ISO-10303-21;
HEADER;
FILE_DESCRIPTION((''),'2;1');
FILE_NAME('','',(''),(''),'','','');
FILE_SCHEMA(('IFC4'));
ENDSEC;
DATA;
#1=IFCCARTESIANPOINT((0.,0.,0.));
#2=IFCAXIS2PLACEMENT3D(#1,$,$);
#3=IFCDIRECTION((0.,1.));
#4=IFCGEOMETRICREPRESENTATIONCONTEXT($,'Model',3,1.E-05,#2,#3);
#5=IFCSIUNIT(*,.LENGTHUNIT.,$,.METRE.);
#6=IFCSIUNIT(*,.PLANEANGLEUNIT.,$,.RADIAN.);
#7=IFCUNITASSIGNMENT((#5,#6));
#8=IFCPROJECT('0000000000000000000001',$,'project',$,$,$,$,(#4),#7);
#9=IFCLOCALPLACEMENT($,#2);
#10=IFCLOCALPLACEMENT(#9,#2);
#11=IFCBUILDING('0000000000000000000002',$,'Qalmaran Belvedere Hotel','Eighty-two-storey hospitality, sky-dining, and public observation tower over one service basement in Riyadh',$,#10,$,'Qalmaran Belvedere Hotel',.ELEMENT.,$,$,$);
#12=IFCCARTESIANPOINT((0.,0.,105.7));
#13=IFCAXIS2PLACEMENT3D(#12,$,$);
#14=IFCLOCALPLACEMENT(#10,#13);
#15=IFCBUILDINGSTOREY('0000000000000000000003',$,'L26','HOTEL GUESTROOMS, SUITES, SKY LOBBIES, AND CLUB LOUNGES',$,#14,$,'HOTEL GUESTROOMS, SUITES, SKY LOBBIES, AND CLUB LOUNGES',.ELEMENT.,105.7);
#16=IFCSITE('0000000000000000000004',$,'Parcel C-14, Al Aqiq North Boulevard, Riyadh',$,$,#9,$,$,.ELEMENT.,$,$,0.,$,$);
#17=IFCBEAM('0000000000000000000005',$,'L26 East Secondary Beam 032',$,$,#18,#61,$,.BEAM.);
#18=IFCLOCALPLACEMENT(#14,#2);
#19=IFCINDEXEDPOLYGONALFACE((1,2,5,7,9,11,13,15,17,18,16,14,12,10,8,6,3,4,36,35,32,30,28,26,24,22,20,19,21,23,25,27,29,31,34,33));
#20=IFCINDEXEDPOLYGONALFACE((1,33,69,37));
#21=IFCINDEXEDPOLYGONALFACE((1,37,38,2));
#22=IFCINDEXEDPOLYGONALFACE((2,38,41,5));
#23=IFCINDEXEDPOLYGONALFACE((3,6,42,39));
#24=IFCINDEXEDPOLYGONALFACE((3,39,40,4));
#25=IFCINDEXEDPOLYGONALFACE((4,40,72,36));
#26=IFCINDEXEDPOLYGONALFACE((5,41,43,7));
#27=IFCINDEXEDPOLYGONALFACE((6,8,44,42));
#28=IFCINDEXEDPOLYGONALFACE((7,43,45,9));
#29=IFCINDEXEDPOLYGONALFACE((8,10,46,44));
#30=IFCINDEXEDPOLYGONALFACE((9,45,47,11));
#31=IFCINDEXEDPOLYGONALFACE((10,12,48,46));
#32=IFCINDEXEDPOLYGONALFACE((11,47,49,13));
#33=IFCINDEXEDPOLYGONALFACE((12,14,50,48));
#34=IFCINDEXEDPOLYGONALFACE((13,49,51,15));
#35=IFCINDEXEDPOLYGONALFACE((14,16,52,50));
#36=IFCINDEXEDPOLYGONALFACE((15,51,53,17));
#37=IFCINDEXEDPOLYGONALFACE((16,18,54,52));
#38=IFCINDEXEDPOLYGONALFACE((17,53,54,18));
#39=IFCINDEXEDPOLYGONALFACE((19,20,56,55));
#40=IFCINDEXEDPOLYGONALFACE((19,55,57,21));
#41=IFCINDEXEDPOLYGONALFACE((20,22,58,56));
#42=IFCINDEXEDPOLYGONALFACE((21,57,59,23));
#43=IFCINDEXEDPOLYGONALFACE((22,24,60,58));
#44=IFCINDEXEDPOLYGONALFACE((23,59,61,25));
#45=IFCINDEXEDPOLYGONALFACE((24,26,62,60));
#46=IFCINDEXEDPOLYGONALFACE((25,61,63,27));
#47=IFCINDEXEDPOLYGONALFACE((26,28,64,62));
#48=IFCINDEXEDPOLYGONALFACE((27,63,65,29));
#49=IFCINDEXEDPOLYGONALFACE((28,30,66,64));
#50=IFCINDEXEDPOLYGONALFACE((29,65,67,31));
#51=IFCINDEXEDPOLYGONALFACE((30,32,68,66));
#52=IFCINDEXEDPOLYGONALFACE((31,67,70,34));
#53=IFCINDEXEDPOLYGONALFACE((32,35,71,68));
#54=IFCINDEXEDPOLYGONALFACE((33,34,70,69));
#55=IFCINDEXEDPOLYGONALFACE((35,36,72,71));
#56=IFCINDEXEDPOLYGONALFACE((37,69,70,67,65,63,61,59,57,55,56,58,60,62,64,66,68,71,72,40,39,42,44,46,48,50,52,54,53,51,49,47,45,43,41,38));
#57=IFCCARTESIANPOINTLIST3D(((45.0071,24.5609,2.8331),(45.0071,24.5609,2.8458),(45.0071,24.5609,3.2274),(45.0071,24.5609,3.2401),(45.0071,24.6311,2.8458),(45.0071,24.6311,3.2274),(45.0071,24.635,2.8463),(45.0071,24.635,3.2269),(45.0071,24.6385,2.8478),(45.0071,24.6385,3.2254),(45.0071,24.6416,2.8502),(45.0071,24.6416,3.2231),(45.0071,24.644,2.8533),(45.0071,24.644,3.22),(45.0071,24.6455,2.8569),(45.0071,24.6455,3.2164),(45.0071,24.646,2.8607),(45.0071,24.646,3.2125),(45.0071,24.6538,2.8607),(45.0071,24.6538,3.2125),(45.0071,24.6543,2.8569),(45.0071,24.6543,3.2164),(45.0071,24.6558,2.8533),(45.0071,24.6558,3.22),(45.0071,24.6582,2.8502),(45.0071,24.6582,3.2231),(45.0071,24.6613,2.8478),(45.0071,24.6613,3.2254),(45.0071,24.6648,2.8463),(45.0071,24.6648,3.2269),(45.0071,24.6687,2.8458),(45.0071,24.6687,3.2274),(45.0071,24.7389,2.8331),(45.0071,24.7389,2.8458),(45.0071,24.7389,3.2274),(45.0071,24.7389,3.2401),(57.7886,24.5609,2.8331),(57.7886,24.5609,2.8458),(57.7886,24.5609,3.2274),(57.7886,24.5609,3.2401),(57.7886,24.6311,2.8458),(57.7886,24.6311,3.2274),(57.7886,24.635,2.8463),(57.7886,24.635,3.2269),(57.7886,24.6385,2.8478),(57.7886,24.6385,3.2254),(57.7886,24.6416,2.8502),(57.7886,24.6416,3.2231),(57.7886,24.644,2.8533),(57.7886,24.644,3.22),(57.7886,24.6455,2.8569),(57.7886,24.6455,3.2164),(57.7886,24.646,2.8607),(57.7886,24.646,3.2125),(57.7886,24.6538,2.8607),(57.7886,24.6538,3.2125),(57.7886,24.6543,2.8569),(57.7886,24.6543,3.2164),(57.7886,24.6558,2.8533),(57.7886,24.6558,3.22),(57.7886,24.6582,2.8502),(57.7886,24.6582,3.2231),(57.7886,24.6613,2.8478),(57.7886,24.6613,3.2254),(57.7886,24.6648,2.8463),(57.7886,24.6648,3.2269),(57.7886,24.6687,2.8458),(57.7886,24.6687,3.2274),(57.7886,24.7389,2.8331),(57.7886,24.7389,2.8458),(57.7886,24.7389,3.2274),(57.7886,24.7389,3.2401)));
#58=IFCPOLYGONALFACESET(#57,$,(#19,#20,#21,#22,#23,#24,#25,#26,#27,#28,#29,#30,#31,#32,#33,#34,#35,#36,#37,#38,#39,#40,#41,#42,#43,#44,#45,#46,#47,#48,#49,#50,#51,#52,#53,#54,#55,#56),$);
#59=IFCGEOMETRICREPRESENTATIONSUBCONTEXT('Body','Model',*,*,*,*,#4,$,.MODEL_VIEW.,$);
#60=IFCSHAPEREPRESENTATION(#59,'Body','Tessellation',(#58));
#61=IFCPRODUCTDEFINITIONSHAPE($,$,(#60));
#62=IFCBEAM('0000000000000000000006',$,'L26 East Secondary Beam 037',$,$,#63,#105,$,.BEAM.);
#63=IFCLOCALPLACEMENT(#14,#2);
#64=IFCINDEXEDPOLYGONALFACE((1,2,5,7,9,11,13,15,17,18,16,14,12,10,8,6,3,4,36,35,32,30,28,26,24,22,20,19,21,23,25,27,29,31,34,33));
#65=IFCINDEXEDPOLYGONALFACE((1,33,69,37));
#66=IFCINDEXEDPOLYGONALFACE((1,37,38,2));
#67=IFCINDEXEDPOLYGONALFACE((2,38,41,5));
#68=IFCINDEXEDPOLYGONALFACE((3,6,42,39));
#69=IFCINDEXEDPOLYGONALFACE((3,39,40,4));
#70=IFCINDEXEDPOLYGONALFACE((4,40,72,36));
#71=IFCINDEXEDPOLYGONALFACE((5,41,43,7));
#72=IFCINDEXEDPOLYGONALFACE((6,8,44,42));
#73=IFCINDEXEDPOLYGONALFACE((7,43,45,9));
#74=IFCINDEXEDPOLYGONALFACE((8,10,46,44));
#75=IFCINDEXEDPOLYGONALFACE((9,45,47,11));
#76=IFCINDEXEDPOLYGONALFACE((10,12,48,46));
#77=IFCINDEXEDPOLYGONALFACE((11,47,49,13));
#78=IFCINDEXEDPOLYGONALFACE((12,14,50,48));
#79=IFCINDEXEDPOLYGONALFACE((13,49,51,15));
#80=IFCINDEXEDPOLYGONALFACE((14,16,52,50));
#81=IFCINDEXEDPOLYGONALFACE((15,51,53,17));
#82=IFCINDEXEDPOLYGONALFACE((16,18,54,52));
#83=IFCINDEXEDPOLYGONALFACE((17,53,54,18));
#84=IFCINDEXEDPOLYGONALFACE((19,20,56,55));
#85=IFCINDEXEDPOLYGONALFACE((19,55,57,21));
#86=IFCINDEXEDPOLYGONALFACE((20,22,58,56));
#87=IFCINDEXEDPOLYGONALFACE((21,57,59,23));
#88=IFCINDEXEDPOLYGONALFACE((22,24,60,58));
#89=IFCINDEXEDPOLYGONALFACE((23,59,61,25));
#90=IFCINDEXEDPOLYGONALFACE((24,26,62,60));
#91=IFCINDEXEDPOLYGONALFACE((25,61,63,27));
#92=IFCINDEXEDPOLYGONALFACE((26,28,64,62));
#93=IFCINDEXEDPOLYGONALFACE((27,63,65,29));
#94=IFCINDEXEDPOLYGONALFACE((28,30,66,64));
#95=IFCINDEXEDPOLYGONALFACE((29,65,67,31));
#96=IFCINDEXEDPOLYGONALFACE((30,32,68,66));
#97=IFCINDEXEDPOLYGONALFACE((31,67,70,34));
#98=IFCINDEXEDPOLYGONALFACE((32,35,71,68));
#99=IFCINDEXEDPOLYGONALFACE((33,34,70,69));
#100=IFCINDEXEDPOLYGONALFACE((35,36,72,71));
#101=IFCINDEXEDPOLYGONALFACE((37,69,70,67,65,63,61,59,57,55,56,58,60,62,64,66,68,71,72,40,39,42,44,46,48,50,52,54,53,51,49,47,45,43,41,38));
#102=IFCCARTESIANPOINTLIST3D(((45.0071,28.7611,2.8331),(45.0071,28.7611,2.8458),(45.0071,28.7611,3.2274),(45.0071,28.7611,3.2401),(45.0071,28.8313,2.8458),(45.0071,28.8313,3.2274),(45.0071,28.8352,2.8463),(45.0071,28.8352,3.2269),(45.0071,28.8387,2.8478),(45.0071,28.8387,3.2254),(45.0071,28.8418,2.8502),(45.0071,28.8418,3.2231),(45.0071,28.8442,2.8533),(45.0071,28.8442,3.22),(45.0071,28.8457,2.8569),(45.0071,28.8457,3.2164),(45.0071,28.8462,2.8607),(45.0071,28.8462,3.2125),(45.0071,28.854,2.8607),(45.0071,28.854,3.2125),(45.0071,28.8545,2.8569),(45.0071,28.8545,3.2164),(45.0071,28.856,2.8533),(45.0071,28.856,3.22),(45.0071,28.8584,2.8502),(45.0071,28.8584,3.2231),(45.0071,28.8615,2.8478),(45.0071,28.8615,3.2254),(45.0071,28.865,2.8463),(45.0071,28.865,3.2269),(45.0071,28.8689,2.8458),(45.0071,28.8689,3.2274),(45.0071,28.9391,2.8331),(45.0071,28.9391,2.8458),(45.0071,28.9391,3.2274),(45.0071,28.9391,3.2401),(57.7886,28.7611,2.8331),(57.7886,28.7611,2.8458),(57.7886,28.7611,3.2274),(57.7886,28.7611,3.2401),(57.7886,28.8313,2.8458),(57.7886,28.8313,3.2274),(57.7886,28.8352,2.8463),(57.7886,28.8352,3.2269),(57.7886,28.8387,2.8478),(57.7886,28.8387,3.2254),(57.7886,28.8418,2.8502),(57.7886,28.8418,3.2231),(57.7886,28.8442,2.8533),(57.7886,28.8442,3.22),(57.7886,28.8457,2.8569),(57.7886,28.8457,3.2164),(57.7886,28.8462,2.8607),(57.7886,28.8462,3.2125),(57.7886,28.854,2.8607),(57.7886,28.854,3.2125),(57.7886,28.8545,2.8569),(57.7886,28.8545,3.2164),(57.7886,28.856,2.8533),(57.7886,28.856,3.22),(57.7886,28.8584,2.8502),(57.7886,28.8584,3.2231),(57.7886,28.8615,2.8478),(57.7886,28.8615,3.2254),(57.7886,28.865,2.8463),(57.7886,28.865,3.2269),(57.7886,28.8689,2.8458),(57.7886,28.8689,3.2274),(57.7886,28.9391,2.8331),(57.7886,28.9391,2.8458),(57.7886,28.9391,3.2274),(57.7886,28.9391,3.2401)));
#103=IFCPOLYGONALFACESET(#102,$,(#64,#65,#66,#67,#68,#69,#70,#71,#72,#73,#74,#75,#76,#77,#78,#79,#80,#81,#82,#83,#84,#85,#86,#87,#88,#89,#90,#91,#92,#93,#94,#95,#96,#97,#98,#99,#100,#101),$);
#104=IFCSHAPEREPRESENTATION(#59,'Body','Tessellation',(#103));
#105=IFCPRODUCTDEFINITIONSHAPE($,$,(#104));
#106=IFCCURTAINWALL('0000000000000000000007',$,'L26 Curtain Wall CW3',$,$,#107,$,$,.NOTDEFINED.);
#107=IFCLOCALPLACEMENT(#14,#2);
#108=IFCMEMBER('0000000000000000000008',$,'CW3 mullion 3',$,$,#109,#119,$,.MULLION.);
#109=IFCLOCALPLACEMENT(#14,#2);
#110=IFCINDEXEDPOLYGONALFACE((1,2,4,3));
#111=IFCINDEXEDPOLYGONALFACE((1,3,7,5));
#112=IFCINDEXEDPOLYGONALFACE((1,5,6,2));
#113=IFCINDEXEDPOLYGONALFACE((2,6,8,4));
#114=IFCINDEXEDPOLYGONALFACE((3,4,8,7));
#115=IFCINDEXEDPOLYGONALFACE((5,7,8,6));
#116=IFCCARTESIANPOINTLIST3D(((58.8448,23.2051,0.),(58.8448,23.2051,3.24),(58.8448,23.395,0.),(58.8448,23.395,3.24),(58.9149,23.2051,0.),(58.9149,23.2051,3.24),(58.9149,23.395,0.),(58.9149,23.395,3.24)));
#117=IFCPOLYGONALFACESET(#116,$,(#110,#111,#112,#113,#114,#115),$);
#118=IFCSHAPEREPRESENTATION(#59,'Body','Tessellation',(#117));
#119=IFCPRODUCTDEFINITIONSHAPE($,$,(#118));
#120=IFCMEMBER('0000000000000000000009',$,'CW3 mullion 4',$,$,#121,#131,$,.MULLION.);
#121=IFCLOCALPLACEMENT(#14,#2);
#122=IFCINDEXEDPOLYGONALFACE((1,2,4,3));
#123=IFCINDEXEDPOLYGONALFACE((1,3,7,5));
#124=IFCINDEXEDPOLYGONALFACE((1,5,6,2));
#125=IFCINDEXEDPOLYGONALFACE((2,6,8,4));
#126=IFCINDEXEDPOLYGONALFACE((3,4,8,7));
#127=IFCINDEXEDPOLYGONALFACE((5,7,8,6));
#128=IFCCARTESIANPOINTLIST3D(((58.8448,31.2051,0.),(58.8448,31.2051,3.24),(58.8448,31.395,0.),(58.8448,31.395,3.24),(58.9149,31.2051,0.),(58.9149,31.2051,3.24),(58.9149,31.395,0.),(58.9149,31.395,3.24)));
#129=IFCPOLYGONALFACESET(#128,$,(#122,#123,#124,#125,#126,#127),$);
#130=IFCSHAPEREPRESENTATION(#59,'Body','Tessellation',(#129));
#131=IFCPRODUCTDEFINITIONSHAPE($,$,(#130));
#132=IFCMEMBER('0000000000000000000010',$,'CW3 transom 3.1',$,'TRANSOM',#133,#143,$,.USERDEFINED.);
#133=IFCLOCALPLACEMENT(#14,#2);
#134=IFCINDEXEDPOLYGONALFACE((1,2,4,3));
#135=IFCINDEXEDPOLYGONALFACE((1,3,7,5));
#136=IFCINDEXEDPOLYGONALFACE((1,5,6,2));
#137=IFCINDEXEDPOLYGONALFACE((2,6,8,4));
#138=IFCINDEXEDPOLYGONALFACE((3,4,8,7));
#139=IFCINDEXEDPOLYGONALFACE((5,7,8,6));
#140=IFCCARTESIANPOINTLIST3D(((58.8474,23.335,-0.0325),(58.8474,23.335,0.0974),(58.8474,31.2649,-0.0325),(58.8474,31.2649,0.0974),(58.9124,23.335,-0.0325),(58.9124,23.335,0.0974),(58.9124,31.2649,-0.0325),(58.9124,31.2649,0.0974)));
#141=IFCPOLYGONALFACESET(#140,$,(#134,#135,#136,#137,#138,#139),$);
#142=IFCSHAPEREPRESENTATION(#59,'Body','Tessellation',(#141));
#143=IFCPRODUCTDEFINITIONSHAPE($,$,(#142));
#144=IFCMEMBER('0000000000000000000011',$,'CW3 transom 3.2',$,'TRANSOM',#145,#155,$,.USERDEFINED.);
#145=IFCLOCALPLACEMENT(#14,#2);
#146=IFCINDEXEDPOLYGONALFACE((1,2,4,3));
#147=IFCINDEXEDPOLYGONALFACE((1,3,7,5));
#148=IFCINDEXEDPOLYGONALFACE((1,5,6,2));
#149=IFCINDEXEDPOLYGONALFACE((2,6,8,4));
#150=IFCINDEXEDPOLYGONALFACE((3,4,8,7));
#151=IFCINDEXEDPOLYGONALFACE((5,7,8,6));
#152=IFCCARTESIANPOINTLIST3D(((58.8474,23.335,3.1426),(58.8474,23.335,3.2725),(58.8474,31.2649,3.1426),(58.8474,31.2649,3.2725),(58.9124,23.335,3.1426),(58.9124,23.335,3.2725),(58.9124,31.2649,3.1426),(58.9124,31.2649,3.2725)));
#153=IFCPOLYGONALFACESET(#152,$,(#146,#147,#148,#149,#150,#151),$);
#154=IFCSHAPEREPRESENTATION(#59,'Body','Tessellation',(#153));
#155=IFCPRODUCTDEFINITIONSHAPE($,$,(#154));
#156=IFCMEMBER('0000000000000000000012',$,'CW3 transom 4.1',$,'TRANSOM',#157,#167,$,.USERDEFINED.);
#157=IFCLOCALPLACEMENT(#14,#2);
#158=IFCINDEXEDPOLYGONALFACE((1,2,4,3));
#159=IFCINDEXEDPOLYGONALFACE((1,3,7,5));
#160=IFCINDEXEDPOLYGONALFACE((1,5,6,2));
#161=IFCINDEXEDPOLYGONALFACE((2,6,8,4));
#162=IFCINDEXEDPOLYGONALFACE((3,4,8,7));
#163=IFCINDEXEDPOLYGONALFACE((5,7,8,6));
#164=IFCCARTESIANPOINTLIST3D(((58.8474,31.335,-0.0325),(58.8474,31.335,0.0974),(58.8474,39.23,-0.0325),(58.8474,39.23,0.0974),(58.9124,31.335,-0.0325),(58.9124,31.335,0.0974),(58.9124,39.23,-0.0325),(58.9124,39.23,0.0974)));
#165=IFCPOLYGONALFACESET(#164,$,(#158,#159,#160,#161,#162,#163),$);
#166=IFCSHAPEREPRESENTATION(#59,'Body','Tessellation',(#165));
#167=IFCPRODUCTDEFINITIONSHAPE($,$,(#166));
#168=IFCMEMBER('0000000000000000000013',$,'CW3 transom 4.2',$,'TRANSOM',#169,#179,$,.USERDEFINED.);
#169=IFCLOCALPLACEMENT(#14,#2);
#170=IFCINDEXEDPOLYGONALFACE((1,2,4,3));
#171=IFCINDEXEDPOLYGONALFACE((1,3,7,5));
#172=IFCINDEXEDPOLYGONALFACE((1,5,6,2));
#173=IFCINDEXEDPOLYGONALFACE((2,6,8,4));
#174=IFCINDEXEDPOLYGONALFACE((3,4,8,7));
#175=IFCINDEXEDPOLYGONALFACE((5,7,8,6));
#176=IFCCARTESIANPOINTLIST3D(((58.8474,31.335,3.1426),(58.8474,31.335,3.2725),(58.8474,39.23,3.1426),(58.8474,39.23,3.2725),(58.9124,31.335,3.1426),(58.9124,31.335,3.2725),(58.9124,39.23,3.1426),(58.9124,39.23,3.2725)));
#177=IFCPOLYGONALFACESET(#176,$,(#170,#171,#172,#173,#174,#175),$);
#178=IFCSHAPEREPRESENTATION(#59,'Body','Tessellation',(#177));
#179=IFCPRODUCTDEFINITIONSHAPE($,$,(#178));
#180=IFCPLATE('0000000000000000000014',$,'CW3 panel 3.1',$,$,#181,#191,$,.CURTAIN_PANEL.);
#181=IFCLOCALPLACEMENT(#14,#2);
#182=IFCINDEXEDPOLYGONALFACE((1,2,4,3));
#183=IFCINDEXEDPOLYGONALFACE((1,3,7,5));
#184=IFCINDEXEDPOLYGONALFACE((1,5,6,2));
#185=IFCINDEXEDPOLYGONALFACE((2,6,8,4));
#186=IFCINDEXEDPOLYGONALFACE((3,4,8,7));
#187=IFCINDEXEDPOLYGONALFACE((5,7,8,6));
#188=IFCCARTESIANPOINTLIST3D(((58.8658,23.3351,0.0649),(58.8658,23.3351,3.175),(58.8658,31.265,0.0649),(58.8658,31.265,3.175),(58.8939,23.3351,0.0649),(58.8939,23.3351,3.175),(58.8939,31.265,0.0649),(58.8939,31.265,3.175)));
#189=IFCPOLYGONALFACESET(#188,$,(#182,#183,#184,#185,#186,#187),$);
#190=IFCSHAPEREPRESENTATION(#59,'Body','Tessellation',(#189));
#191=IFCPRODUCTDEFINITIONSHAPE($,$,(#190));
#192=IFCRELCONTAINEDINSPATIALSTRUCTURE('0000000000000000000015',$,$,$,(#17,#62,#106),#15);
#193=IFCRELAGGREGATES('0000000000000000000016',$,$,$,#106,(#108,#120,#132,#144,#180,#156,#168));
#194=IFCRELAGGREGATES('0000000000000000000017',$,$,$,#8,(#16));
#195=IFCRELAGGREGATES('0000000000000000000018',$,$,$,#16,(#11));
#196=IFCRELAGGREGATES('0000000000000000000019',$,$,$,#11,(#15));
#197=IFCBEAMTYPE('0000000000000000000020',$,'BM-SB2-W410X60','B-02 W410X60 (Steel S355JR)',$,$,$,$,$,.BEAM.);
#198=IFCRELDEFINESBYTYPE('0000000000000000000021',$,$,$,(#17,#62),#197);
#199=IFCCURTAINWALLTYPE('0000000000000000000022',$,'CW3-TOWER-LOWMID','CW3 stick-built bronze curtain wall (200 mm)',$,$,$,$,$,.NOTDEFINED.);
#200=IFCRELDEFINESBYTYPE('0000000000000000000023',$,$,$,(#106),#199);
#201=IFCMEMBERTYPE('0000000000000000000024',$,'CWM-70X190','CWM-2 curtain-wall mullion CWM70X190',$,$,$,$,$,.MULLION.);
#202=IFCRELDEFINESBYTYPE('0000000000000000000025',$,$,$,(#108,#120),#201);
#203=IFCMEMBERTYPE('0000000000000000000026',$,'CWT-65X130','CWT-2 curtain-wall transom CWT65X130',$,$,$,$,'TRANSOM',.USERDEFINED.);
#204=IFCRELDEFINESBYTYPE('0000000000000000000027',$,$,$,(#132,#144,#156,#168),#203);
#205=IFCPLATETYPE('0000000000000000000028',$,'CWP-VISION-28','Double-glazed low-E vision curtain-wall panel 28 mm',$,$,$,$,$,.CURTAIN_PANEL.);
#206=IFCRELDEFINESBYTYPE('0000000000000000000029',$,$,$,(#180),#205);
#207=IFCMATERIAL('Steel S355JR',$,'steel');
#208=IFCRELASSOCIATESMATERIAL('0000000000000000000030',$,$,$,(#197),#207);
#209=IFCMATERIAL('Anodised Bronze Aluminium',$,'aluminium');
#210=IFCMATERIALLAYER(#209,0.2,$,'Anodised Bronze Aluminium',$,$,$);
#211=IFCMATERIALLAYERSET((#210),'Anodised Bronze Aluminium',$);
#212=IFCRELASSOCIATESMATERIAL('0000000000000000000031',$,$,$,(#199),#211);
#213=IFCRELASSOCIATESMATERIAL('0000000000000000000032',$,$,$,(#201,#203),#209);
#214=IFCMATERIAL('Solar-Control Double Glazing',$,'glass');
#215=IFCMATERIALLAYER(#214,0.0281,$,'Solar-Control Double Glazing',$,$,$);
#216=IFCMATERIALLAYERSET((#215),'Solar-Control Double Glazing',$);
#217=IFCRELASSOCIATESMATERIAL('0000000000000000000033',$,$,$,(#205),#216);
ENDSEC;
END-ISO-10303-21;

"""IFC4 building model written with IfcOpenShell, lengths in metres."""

from ifc_helpers import new_model, si_unit, direction, frame, origin, origin_2d, place, context, subcontext, project, spatial, rectangle, i_section, extrude, material, layer, layer_set, material_profile, profile_set, type_object, element, aggregate, save


model = new_model("IFC4")

# Units and contexts
model_context = context("Model", 3, precision=1e-05, world=origin(), true_north=direction((0.0, 1.0)))
body_context = subcontext(model_context, "Body", "Model", "MODEL_VIEW")
ifc_project = project(units=[si_unit("LENGTHUNIT", "METRE"), si_unit("PLANEANGLEUNIT", "RADIAN")], contexts=[model_context])

# Site, building, storey
site_placement = place(None, origin())
site = spatial("IfcSite", under=ifc_project, at=site_placement, Name="Parcel C-14, Al Aqiq North Boulevard, Riyadh", CompositionType="ELEMENT", RefElevation=0.0)
building_placement = place(site_placement, origin())
building = spatial("IfcBuilding", under=site, at=building_placement, Name="Qalmaran Belvedere Hotel", Description="Eighty-two-storey hospitality, sky-dining, and public observation tower over one service basement in Riyadh", LongName="Qalmaran Belvedere Hotel", CompositionType="ELEMENT")
storey_placement = place(building_placement, frame((0.0, 0.0, 105.7)))
storey = spatial("IfcBuildingStorey", under=building, at=storey_placement, Name="L26", Description="HOTEL GUESTROOMS, SUITES, SKY LOBBIES, AND CLUB LOUNGES", LongName="HOTEL GUESTROOMS, SUITES, SKY LOBBIES, AND CLUB LOUNGES", CompositionType="ELEMENT", Elevation=105.7)

# Beams
ifc_material_1 = material(Name="Steel S355JR", Category="steel")
ifc_material_profile_1 = material_profile(ifc_material_1, i_section(OverallWidth=0.178, OverallDepth=0.407, WebThickness=0.0078, FlangeThickness=0.0127, FilletRadius=0.0149, at=origin_2d()), Name="W410X60")
ifc_profile_set_1 = profile_set([ifc_material_profile_1], Name="Steel S355JR")
beam_type = type_object("IfcBeamType", Name="BM-SB2-W410X60", Description="B-02 W410X60 (Steel S355JR)", PredefinedType="BEAM", material=ifc_profile_set_1)
for number, where, z_axis, x_axis, name in (
    (1, (45.0071, 24.6499, 3.0366), (1.0, 0.0, 0.0), (0.0, 1.0, 0.0), "L26 East Secondary Beam 032"),
    (2, (45.0071, 28.8501, 3.0366), (1.0, 0.0, 0.0), (0.0, 1.0, 0.0), "L26 East Secondary Beam 037"),
):
    element("IfcBeam", number, at=place(storey_placement, frame(where, z_axis=z_axis, x_axis=x_axis)), inside=storey, type_object=beam_type, Name=name, PredefinedType="BEAM", context=body_context, shape_type="SweptSolid", body=[
        extrude(i_section(OverallWidth=0.178, OverallDepth=0.407, WebThickness=0.0078, FlangeThickness=0.0127, FilletRadius=0.0149, at=origin_2d()), origin(), (0.0, 0.0, 1.0), 12.7815),
    ])

# Curtain wall, members, plate
ifc_material_2 = material(Name="Anodised Bronze Aluminium", Category="aluminium")
ifc_layer_1 = layer(ifc_material_2, 0.2, Name="Anodised Bronze Aluminium")
ifc_layer_set_1 = layer_set([ifc_layer_1], Name="Anodised Bronze Aluminium")
curtain_wall_type = type_object("IfcCurtainWallType", Name="CW3-TOWER-LOWMID", Description="CW3 stick-built bronze curtain wall (200 mm)", PredefinedType="NOTDEFINED", material=ifc_layer_set_1)
curtain_wall_placement = place(storey_placement, origin())
curtain_wall = element("IfcCurtainWall", 3, at=curtain_wall_placement, inside=storey, type_object=curtain_wall_type, Name="L26 Curtain Wall CW3", PredefinedType="NOTDEFINED")
ifc_material_profile_2 = material_profile(ifc_material_2, rectangle(XDim=0.0701, YDim=0.1899, at=origin_2d()), Name="CWM70X190")
ifc_profile_set_2 = profile_set([ifc_material_profile_2], Name="Anodised Bronze Aluminium")
member_type_1 = type_object("IfcMemberType", Name="CWM-70X190", Description="CWM-2 curtain-wall mullion CWM70X190", PredefinedType="MULLION", material=ifc_profile_set_2)
member_1_placement = place(storey_placement, frame((58.8799, 23.3, 0.0), z_axis=(0.0, 0.0, 1.0), x_axis=(-1.0, 0.0, 0.0)))
member_1 = element("IfcMember", 4, at=member_1_placement, type_object=member_type_1, Name="CW3 mullion 3", PredefinedType="MULLION", context=body_context, shape_type="SweptSolid", body=[
    extrude(rectangle(XDim=0.0701, YDim=0.1899, at=origin_2d()), origin(), (0.0, 0.0, 1.0), 3.24),
])
member_2_placement = place(storey_placement, frame((58.8799, 31.3, 0.0), z_axis=(0.0, 0.0, 1.0), x_axis=(-1.0, 0.0, 0.0)))
member_2 = element("IfcMember", 5, at=member_2_placement, type_object=member_type_1, Name="CW3 mullion 4", PredefinedType="MULLION", context=body_context, shape_type="SweptSolid", body=[
    extrude(rectangle(XDim=0.0701, YDim=0.1899, at=origin_2d()), origin(), (0.0, 0.0, 1.0), 3.24),
])
ifc_material_profile_3 = material_profile(ifc_material_2, rectangle(XDim=0.0649, YDim=0.1299, at=origin_2d()), Name="CWT65X130")
ifc_profile_set_3 = profile_set([ifc_material_profile_3], Name="Anodised Bronze Aluminium")
member_type_2 = type_object("IfcMemberType", Name="CWT-65X130", Description="CWT-2 curtain-wall transom CWT65X130", ElementType="TRANSOM", PredefinedType="USERDEFINED", material=ifc_profile_set_3)
member_3_placement = place(storey_placement, frame((58.8799, 23.335, 0.0325), z_axis=(0.0, 1.0, 0.0), x_axis=(-1.0, 0.0, 0.0)))
member_3 = element("IfcMember", 6, at=member_3_placement, type_object=member_type_2, Name="CW3 transom 3.1", ObjectType="TRANSOM", PredefinedType="USERDEFINED", context=body_context, shape_type="SweptSolid", body=[
    extrude(rectangle(XDim=0.0649, YDim=0.1299, at=origin_2d()), origin(), (0.0, 0.0, 1.0), 7.9299),
])
member_4_placement = place(storey_placement, frame((58.8799, 23.335, 3.2075), z_axis=(0.0, 1.0, 0.0), x_axis=(-1.0, 0.0, 0.0)))
member_4 = element("IfcMember", 7, at=member_4_placement, type_object=member_type_2, Name="CW3 transom 3.2", ObjectType="TRANSOM", PredefinedType="USERDEFINED", context=body_context, shape_type="SweptSolid", body=[
    extrude(rectangle(XDim=0.0649, YDim=0.1299, at=origin_2d()), origin(), (0.0, 0.0, 1.0), 7.9299),
])
member_5_placement = place(storey_placement, frame((58.8799, 31.335, 0.0325), z_axis=(0.0, 1.0, 0.0), x_axis=(-1.0, 0.0, 0.0)))
member_5 = element("IfcMember", 8, at=member_5_placement, type_object=member_type_2, Name="CW3 transom 4.1", ObjectType="TRANSOM", PredefinedType="USERDEFINED", context=body_context, shape_type="SweptSolid", body=[
    extrude(rectangle(XDim=0.0649, YDim=0.1299, at=origin_2d()), origin(), (0.0, 0.0, 1.0), 7.895),
])
member_6_placement = place(storey_placement, frame((58.8799, 31.335, 3.2075), z_axis=(0.0, 1.0, 0.0), x_axis=(-1.0, 0.0, 0.0)))
member_6 = element("IfcMember", 9, at=member_6_placement, type_object=member_type_2, Name="CW3 transom 4.2", ObjectType="TRANSOM", PredefinedType="USERDEFINED", context=body_context, shape_type="SweptSolid", body=[
    extrude(rectangle(XDim=0.0649, YDim=0.1299, at=origin_2d()), origin(), (0.0, 0.0, 1.0), 7.895),
])
ifc_material_3 = material(Name="Solar-Control Double Glazing", Category="glass")
ifc_layer_2 = layer(ifc_material_3, 0.0281, Name="Solar-Control Double Glazing")
ifc_layer_set_2 = layer_set([ifc_layer_2], Name="Solar-Control Double Glazing")
plate_type = type_object("IfcPlateType", Name="CWP-VISION-28", Description="Double-glazed low-E vision curtain-wall panel 28 mm", PredefinedType="CURTAIN_PANEL", material=ifc_layer_set_2)
plate_placement = place(storey_placement, frame((58.8799, 27.3, 0.0649), z_axis=(0.0, 0.0, 1.0), x_axis=(0.0, 1.0, 0.0)))
plate = element("IfcPlate", 10, at=plate_placement, type_object=plate_type, Name="CW3 panel 3.1", PredefinedType="CURTAIN_PANEL", context=body_context, shape_type="SweptSolid", body=[
    extrude(rectangle(XDim=7.9299, YDim=0.0281, at=origin_2d()), origin(), (0.0, 0.0, 1.0), 3.1101),
])
aggregate(curtain_wall, [member_1, member_2, member_3, member_4, plate, member_5, member_6])

save(model, "model.ifc")
